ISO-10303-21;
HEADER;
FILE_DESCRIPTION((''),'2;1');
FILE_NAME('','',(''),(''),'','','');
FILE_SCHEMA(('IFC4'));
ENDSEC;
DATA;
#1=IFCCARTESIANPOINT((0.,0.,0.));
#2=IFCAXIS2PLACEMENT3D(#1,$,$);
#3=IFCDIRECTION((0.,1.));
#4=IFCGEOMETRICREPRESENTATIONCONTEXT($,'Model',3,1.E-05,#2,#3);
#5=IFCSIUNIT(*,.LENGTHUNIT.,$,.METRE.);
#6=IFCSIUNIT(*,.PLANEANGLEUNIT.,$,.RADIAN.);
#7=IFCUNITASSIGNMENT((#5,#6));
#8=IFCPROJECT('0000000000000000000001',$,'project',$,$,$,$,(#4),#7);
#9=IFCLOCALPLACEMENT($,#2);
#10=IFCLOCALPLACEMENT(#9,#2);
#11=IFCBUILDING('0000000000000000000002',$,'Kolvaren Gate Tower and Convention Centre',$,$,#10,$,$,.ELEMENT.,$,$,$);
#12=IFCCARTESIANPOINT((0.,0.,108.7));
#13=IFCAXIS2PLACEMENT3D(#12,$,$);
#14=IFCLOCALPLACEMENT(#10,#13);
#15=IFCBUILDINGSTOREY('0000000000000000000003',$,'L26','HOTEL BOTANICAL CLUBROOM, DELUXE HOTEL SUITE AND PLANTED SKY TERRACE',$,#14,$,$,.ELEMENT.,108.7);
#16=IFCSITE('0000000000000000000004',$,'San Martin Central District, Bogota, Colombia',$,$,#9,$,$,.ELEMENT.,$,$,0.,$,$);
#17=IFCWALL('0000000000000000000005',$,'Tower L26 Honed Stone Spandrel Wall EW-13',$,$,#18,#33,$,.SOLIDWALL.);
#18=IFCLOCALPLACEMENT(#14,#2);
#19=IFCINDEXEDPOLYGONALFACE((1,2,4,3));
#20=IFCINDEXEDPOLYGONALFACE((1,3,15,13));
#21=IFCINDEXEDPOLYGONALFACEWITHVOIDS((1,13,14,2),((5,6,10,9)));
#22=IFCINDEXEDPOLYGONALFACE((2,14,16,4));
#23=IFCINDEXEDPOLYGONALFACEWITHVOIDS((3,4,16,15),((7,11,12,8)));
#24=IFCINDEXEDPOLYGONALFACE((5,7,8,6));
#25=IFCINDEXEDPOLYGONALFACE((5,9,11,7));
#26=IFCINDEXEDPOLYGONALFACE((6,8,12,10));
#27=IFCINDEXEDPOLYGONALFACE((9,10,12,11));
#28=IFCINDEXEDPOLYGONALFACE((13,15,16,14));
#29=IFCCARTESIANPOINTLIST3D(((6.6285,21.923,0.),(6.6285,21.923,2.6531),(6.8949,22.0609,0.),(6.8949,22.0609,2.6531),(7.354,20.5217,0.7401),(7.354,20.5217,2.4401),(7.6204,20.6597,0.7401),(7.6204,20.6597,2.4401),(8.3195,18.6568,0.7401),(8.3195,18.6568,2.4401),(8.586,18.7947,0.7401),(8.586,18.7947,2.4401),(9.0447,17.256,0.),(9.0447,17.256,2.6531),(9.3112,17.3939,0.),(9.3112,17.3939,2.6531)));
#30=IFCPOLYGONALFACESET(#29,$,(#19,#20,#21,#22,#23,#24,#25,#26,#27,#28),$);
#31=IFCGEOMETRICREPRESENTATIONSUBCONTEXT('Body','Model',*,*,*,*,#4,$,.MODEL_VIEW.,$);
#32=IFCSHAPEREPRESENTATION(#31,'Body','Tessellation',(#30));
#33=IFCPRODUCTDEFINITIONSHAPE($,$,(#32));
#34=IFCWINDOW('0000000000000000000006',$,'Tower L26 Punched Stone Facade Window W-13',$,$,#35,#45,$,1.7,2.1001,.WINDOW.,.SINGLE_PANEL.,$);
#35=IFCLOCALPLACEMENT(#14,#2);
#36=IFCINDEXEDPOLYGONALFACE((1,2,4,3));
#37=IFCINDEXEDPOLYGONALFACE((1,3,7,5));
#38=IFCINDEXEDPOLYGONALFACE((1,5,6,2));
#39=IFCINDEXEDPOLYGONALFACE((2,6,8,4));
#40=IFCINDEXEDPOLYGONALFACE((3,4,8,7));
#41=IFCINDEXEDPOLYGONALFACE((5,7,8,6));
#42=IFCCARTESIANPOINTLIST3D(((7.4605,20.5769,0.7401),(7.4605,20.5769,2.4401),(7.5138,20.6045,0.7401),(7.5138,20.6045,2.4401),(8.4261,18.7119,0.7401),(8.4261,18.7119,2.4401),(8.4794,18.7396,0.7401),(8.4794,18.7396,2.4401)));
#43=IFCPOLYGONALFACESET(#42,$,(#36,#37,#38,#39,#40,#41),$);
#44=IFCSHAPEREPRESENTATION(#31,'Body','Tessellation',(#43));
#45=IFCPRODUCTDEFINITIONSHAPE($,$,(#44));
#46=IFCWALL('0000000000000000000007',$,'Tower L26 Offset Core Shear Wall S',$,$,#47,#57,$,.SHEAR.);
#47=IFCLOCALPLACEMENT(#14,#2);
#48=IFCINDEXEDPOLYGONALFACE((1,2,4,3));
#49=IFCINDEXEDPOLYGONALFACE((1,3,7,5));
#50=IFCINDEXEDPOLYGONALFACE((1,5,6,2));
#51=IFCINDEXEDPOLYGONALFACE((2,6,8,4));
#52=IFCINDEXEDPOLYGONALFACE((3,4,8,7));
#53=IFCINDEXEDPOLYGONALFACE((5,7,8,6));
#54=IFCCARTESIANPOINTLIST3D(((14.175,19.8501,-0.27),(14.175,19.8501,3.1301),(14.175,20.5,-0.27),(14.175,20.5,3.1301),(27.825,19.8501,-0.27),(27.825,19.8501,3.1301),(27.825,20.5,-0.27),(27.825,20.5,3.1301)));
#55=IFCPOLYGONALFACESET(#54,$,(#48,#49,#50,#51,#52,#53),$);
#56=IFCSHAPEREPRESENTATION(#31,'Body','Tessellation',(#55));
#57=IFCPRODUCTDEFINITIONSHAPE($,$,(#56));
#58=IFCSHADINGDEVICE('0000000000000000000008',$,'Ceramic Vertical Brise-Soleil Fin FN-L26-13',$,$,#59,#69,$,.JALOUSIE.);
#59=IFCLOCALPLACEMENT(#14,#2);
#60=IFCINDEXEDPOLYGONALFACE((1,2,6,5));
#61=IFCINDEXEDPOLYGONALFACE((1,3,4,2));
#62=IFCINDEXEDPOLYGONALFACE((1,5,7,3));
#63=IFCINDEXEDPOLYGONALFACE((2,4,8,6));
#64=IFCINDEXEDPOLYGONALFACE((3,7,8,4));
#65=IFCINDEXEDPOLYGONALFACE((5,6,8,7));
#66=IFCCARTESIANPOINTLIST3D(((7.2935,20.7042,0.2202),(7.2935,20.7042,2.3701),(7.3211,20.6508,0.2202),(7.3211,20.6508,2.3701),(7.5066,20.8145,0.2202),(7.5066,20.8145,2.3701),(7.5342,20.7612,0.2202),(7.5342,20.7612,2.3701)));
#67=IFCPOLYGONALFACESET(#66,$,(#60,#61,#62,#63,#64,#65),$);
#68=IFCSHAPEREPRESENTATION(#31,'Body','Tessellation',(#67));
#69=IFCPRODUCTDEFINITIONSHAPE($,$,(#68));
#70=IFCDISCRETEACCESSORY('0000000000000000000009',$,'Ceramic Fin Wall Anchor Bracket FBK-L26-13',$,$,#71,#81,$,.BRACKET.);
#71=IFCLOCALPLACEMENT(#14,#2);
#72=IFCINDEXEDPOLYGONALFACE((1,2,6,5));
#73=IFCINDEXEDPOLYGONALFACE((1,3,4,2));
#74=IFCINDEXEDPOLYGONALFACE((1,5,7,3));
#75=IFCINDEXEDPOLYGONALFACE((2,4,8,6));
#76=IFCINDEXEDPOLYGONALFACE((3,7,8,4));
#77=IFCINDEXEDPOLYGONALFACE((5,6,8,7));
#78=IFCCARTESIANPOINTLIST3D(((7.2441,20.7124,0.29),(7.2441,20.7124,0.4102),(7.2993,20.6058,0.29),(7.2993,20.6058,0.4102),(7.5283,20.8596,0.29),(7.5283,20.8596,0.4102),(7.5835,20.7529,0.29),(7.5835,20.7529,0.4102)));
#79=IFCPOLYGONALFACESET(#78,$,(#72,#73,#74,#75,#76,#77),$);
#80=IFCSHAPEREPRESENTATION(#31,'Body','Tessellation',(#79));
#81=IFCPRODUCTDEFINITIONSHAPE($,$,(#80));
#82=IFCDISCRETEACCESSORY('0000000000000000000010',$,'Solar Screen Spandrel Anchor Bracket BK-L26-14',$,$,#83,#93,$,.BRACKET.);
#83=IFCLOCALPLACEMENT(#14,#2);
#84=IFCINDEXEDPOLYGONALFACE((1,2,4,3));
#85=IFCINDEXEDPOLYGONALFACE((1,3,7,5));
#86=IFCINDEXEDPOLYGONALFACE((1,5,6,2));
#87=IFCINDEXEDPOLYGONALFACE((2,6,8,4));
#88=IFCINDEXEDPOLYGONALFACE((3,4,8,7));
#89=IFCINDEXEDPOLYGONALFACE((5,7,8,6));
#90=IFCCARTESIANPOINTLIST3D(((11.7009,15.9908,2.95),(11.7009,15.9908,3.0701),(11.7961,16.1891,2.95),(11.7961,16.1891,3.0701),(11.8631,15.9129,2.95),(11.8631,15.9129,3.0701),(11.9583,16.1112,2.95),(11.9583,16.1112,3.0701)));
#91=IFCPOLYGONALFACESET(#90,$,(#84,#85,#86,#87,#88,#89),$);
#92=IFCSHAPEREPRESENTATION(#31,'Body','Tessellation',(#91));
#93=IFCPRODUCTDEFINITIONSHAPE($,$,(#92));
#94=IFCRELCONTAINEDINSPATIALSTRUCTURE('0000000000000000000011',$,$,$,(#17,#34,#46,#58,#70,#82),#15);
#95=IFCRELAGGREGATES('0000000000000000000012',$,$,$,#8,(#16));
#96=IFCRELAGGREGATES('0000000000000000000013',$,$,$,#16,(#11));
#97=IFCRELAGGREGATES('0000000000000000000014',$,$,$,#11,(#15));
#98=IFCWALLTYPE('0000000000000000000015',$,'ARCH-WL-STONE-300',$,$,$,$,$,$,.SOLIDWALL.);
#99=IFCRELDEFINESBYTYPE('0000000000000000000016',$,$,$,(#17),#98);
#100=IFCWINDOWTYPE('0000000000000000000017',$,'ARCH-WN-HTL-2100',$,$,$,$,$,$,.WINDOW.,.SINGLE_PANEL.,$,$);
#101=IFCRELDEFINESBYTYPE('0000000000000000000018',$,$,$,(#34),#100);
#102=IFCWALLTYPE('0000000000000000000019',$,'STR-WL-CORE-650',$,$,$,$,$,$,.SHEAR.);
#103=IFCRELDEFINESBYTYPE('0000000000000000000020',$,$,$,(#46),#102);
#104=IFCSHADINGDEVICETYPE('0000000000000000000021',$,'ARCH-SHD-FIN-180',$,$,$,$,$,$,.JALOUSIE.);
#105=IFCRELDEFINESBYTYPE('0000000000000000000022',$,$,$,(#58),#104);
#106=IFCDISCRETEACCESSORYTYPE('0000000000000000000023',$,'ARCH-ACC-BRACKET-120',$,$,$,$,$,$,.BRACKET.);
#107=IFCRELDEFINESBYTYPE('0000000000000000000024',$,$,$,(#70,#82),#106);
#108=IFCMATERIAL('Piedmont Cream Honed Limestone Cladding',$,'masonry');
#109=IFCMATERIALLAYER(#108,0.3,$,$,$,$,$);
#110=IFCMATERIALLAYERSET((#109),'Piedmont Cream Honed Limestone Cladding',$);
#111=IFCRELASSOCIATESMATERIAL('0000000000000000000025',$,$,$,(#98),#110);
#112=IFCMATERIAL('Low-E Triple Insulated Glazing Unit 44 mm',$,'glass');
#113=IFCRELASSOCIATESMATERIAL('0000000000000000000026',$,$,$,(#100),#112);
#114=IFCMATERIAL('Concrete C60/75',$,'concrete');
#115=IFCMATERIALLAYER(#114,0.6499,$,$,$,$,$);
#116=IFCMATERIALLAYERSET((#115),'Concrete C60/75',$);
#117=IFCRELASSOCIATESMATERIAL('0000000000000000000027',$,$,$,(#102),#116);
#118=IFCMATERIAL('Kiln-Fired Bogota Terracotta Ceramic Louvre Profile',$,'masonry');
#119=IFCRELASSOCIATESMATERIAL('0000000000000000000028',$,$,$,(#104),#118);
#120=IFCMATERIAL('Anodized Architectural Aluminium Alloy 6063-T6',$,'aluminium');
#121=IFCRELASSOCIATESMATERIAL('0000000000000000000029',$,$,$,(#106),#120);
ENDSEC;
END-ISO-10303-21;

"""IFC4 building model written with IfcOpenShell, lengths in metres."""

from ifc_helpers import new_model, si_unit, direction, frame, frame_2d, origin, origin_2d, place, context, subcontext, project, spatial, rectangle, extrude, material, layer, layer_set, type_object, element, fill, save


model = new_model("IFC4")

# Units and contexts
model_context = context("Model", 3, precision=1e-05, world=origin(), true_north=direction((0.0, 1.0)))
body_context = subcontext(model_context, "Body", "Model", "MODEL_VIEW")
ifc_project = project(units=[si_unit("LENGTHUNIT", "METRE"), si_unit("PLANEANGLEUNIT", "RADIAN")], contexts=[model_context])

# Site, building, storey
site_placement = place(None, origin())
site = spatial("IfcSite", under=ifc_project, at=site_placement, Name="San Martin Central District, Bogota, Colombia", CompositionType="ELEMENT", RefElevation=0.0)
building_placement = place(site_placement, origin())
building = spatial("IfcBuilding", under=site, at=building_placement, Name="Kolvaren Gate Tower and Convention Centre", CompositionType="ELEMENT")
storey_placement = place(building_placement, frame((0.0, 0.0, 108.7)))
storey = spatial("IfcBuildingStorey", under=building, at=storey_placement, Name="L26", Description="HOTEL BOTANICAL CLUBROOM, DELUXE HOTEL SUITE AND PLANTED SKY TERRACE", CompositionType="ELEMENT", Elevation=108.7)

# Shared definitions
ifc_material_1 = material(Name="Concrete C60/75", Category="concrete")

# Shared definitions
ifc_material_2 = material(Name="Anodized Architectural Aluminium Alloy 6063-T6", Category="aluminium")

# Shared definitions
ifc_material_3 = material(Name="Low-E Triple Insulated Glazing Unit 44 mm", Category="glass")

# Shared definitions
ifc_material_4 = material(Name="Piedmont Cream Honed Limestone Cladding", Category="masonry")

# Wall, opening, window
ifc_layer_1 = layer(ifc_material_4, 0.3)
ifc_layer_set_1 = layer_set([ifc_layer_1], Name="Piedmont Cream Honed Limestone Cladding")
wall_type_1 = type_object("IfcWallType", Name="ARCH-WL-STONE-300", PredefinedType="SOLIDWALL", material=ifc_layer_set_1)
wall_1_placement = place(storey_placement, frame((6.7617, 21.9919, 0.0), z_axis=(0.0, 0.0, 1.0), x_axis=(0.459768, -0.888039, 0.0)))
wall_1 = element("IfcWall", 1, at=wall_1_placement, inside=storey, type_object=wall_type_1, Name="Tower L26 Honed Stone Spandrel Wall EW-13", PredefinedType="SOLIDWALL", context=body_context, shape_type="SweptSolid", body=[
    extrude(rectangle(XDim=5.2554, YDim=0.3, at=frame_2d((2.6277, 0.0))), origin(), (0.0, 0.0, 1.0), 2.6531),
])
opening_placement = place(wall_1_placement, frame((1.5779, 0.0, 0.74)))
opening = element("IfcOpeningElement", 2, at=opening_placement, cuts=wall_1, PredefinedType="OPENING", context=body_context, shape_type="SweptSolid", body=[
    extrude(rectangle(XDim=2.1001, YDim=1.7, at=frame_2d((1.05, 0.8501))), frame((0.0, 0.1599, 0.0), z_axis=(0.0, -1.0, 0.0), x_axis=(1.0, 0.0, 0.0)), (0.0, 0.0, 1.0), 0.3201),
])
window_type = type_object("IfcWindowType", Name="ARCH-WN-HTL-2100", PartitioningType="SINGLE_PANEL", PredefinedType="WINDOW", material=ifc_material_3)
window_placement = place(opening_placement, origin())
window = element("IfcWindow", 3, at=window_placement, inside=storey, type_object=window_type, Name="Tower L26 Punched Stone Facade Window W-13", OverallHeight=1.7, OverallWidth=2.1001, PartitioningType="SINGLE_PANEL", PredefinedType="WINDOW", context=body_context, shape_type="SweptSolid", body=[
    extrude(rectangle(XDim=2.1001, YDim=1.7, at=frame_2d((1.05, 0.8501))), frame((0.0, 0.03, 0.0), z_axis=(0.0, -1.0, 0.0), x_axis=(1.0, 0.0, 0.0)), (0.0, 0.0, 1.0), 0.0601),
])
fill(opening, window)

# Wall
ifc_layer_2 = layer(ifc_material_1, 0.6499)
ifc_layer_set_2 = layer_set([ifc_layer_2], Name="Concrete C60/75")
wall_type_2 = type_object("IfcWallType", Name="STR-WL-CORE-650", PredefinedType="SHEAR", material=ifc_layer_set_2)
wall_2_placement = place(storey_placement, frame((14.175, 20.175, -0.27), z_axis=(0.0, 0.0, 1.0), x_axis=(1.0, 0.0, 0.0)))
element("IfcWall", 4, at=wall_2_placement, inside=storey, type_object=wall_type_2, Name="Tower L26 Offset Core Shear Wall S", PredefinedType="SHEAR", context=body_context, shape_type="SweptSolid", body=[
    extrude(rectangle(XDim=13.6499, YDim=0.6499, at=frame_2d((6.825, 0.0))), origin(), (0.0, 0.0, 1.0), 3.4001),
])

# Shading device
ifc_material_5 = material(Name="Kiln-Fired Bogota Terracotta Ceramic Louvre Profile", Category="masonry")
shading_device_type = type_object("IfcShadingDeviceType", Name="ARCH-SHD-FIN-180", PredefinedType="JALOUSIE", material=ifc_material_5)
shading_device_placement = place(storey_placement, frame((7.4138, 20.7327, 0.2202), z_axis=(0.0, 0.0, 1.0), x_axis=(0.459781, -0.888032, 0.0)))
element("IfcShadingDevice", 5, at=shading_device_placement, inside=storey, type_object=shading_device_type, Name="Ceramic Vertical Brise-Soleil Fin FN-L26-13", PredefinedType="JALOUSIE", context=body_context, shape_type="SweptSolid", body=[
    extrude(rectangle(XDim=0.0601, YDim=0.24, at=origin_2d()), origin(), (0.0, 0.0, 1.0), 2.1499),
])

# Discrete accessories
discrete_accessory_type = type_object("IfcDiscreteAccessoryType", Name="ARCH-ACC-BRACKET-120", PredefinedType="BRACKET", material=ifc_material_2)
discrete_accessory_1_placement = place(storey_placement, frame((7.4138, 20.7327, 0.29), z_axis=(0.0, 0.0, 1.0), x_axis=(0.459781, -0.888032, 0.0)))
element("IfcDiscreteAccessory", 6, at=discrete_accessory_1_placement, inside=storey, type_object=discrete_accessory_type, Name="Ceramic Fin Wall Anchor Bracket FBK-L26-13", PredefinedType="BRACKET", context=body_context, shape_type="SweptSolid", body=[
    extrude(rectangle(XDim=0.1201, YDim=0.3201, at=origin_2d()), origin(), (0.0, 0.0, 1.0), 0.1201),
])
discrete_accessory_2_placement = place(storey_placement, frame((11.8296, 16.051, 2.95), z_axis=(0.0, 0.0, 1.0), x_axis=(0.901363, -0.433065, 0.0)))
element("IfcDiscreteAccessory", 7, at=discrete_accessory_2_placement, inside=storey, type_object=discrete_accessory_type, Name="Solar Screen Spandrel Anchor Bracket BK-L26-14", PredefinedType="BRACKET", context=body_context, shape_type="SweptSolid", body=[
    extrude(rectangle(XDim=0.1799, YDim=0.22, at=origin_2d()), origin(), (0.0, 0.0, 1.0), 0.1201),
])

save(model, "model.ifc")
